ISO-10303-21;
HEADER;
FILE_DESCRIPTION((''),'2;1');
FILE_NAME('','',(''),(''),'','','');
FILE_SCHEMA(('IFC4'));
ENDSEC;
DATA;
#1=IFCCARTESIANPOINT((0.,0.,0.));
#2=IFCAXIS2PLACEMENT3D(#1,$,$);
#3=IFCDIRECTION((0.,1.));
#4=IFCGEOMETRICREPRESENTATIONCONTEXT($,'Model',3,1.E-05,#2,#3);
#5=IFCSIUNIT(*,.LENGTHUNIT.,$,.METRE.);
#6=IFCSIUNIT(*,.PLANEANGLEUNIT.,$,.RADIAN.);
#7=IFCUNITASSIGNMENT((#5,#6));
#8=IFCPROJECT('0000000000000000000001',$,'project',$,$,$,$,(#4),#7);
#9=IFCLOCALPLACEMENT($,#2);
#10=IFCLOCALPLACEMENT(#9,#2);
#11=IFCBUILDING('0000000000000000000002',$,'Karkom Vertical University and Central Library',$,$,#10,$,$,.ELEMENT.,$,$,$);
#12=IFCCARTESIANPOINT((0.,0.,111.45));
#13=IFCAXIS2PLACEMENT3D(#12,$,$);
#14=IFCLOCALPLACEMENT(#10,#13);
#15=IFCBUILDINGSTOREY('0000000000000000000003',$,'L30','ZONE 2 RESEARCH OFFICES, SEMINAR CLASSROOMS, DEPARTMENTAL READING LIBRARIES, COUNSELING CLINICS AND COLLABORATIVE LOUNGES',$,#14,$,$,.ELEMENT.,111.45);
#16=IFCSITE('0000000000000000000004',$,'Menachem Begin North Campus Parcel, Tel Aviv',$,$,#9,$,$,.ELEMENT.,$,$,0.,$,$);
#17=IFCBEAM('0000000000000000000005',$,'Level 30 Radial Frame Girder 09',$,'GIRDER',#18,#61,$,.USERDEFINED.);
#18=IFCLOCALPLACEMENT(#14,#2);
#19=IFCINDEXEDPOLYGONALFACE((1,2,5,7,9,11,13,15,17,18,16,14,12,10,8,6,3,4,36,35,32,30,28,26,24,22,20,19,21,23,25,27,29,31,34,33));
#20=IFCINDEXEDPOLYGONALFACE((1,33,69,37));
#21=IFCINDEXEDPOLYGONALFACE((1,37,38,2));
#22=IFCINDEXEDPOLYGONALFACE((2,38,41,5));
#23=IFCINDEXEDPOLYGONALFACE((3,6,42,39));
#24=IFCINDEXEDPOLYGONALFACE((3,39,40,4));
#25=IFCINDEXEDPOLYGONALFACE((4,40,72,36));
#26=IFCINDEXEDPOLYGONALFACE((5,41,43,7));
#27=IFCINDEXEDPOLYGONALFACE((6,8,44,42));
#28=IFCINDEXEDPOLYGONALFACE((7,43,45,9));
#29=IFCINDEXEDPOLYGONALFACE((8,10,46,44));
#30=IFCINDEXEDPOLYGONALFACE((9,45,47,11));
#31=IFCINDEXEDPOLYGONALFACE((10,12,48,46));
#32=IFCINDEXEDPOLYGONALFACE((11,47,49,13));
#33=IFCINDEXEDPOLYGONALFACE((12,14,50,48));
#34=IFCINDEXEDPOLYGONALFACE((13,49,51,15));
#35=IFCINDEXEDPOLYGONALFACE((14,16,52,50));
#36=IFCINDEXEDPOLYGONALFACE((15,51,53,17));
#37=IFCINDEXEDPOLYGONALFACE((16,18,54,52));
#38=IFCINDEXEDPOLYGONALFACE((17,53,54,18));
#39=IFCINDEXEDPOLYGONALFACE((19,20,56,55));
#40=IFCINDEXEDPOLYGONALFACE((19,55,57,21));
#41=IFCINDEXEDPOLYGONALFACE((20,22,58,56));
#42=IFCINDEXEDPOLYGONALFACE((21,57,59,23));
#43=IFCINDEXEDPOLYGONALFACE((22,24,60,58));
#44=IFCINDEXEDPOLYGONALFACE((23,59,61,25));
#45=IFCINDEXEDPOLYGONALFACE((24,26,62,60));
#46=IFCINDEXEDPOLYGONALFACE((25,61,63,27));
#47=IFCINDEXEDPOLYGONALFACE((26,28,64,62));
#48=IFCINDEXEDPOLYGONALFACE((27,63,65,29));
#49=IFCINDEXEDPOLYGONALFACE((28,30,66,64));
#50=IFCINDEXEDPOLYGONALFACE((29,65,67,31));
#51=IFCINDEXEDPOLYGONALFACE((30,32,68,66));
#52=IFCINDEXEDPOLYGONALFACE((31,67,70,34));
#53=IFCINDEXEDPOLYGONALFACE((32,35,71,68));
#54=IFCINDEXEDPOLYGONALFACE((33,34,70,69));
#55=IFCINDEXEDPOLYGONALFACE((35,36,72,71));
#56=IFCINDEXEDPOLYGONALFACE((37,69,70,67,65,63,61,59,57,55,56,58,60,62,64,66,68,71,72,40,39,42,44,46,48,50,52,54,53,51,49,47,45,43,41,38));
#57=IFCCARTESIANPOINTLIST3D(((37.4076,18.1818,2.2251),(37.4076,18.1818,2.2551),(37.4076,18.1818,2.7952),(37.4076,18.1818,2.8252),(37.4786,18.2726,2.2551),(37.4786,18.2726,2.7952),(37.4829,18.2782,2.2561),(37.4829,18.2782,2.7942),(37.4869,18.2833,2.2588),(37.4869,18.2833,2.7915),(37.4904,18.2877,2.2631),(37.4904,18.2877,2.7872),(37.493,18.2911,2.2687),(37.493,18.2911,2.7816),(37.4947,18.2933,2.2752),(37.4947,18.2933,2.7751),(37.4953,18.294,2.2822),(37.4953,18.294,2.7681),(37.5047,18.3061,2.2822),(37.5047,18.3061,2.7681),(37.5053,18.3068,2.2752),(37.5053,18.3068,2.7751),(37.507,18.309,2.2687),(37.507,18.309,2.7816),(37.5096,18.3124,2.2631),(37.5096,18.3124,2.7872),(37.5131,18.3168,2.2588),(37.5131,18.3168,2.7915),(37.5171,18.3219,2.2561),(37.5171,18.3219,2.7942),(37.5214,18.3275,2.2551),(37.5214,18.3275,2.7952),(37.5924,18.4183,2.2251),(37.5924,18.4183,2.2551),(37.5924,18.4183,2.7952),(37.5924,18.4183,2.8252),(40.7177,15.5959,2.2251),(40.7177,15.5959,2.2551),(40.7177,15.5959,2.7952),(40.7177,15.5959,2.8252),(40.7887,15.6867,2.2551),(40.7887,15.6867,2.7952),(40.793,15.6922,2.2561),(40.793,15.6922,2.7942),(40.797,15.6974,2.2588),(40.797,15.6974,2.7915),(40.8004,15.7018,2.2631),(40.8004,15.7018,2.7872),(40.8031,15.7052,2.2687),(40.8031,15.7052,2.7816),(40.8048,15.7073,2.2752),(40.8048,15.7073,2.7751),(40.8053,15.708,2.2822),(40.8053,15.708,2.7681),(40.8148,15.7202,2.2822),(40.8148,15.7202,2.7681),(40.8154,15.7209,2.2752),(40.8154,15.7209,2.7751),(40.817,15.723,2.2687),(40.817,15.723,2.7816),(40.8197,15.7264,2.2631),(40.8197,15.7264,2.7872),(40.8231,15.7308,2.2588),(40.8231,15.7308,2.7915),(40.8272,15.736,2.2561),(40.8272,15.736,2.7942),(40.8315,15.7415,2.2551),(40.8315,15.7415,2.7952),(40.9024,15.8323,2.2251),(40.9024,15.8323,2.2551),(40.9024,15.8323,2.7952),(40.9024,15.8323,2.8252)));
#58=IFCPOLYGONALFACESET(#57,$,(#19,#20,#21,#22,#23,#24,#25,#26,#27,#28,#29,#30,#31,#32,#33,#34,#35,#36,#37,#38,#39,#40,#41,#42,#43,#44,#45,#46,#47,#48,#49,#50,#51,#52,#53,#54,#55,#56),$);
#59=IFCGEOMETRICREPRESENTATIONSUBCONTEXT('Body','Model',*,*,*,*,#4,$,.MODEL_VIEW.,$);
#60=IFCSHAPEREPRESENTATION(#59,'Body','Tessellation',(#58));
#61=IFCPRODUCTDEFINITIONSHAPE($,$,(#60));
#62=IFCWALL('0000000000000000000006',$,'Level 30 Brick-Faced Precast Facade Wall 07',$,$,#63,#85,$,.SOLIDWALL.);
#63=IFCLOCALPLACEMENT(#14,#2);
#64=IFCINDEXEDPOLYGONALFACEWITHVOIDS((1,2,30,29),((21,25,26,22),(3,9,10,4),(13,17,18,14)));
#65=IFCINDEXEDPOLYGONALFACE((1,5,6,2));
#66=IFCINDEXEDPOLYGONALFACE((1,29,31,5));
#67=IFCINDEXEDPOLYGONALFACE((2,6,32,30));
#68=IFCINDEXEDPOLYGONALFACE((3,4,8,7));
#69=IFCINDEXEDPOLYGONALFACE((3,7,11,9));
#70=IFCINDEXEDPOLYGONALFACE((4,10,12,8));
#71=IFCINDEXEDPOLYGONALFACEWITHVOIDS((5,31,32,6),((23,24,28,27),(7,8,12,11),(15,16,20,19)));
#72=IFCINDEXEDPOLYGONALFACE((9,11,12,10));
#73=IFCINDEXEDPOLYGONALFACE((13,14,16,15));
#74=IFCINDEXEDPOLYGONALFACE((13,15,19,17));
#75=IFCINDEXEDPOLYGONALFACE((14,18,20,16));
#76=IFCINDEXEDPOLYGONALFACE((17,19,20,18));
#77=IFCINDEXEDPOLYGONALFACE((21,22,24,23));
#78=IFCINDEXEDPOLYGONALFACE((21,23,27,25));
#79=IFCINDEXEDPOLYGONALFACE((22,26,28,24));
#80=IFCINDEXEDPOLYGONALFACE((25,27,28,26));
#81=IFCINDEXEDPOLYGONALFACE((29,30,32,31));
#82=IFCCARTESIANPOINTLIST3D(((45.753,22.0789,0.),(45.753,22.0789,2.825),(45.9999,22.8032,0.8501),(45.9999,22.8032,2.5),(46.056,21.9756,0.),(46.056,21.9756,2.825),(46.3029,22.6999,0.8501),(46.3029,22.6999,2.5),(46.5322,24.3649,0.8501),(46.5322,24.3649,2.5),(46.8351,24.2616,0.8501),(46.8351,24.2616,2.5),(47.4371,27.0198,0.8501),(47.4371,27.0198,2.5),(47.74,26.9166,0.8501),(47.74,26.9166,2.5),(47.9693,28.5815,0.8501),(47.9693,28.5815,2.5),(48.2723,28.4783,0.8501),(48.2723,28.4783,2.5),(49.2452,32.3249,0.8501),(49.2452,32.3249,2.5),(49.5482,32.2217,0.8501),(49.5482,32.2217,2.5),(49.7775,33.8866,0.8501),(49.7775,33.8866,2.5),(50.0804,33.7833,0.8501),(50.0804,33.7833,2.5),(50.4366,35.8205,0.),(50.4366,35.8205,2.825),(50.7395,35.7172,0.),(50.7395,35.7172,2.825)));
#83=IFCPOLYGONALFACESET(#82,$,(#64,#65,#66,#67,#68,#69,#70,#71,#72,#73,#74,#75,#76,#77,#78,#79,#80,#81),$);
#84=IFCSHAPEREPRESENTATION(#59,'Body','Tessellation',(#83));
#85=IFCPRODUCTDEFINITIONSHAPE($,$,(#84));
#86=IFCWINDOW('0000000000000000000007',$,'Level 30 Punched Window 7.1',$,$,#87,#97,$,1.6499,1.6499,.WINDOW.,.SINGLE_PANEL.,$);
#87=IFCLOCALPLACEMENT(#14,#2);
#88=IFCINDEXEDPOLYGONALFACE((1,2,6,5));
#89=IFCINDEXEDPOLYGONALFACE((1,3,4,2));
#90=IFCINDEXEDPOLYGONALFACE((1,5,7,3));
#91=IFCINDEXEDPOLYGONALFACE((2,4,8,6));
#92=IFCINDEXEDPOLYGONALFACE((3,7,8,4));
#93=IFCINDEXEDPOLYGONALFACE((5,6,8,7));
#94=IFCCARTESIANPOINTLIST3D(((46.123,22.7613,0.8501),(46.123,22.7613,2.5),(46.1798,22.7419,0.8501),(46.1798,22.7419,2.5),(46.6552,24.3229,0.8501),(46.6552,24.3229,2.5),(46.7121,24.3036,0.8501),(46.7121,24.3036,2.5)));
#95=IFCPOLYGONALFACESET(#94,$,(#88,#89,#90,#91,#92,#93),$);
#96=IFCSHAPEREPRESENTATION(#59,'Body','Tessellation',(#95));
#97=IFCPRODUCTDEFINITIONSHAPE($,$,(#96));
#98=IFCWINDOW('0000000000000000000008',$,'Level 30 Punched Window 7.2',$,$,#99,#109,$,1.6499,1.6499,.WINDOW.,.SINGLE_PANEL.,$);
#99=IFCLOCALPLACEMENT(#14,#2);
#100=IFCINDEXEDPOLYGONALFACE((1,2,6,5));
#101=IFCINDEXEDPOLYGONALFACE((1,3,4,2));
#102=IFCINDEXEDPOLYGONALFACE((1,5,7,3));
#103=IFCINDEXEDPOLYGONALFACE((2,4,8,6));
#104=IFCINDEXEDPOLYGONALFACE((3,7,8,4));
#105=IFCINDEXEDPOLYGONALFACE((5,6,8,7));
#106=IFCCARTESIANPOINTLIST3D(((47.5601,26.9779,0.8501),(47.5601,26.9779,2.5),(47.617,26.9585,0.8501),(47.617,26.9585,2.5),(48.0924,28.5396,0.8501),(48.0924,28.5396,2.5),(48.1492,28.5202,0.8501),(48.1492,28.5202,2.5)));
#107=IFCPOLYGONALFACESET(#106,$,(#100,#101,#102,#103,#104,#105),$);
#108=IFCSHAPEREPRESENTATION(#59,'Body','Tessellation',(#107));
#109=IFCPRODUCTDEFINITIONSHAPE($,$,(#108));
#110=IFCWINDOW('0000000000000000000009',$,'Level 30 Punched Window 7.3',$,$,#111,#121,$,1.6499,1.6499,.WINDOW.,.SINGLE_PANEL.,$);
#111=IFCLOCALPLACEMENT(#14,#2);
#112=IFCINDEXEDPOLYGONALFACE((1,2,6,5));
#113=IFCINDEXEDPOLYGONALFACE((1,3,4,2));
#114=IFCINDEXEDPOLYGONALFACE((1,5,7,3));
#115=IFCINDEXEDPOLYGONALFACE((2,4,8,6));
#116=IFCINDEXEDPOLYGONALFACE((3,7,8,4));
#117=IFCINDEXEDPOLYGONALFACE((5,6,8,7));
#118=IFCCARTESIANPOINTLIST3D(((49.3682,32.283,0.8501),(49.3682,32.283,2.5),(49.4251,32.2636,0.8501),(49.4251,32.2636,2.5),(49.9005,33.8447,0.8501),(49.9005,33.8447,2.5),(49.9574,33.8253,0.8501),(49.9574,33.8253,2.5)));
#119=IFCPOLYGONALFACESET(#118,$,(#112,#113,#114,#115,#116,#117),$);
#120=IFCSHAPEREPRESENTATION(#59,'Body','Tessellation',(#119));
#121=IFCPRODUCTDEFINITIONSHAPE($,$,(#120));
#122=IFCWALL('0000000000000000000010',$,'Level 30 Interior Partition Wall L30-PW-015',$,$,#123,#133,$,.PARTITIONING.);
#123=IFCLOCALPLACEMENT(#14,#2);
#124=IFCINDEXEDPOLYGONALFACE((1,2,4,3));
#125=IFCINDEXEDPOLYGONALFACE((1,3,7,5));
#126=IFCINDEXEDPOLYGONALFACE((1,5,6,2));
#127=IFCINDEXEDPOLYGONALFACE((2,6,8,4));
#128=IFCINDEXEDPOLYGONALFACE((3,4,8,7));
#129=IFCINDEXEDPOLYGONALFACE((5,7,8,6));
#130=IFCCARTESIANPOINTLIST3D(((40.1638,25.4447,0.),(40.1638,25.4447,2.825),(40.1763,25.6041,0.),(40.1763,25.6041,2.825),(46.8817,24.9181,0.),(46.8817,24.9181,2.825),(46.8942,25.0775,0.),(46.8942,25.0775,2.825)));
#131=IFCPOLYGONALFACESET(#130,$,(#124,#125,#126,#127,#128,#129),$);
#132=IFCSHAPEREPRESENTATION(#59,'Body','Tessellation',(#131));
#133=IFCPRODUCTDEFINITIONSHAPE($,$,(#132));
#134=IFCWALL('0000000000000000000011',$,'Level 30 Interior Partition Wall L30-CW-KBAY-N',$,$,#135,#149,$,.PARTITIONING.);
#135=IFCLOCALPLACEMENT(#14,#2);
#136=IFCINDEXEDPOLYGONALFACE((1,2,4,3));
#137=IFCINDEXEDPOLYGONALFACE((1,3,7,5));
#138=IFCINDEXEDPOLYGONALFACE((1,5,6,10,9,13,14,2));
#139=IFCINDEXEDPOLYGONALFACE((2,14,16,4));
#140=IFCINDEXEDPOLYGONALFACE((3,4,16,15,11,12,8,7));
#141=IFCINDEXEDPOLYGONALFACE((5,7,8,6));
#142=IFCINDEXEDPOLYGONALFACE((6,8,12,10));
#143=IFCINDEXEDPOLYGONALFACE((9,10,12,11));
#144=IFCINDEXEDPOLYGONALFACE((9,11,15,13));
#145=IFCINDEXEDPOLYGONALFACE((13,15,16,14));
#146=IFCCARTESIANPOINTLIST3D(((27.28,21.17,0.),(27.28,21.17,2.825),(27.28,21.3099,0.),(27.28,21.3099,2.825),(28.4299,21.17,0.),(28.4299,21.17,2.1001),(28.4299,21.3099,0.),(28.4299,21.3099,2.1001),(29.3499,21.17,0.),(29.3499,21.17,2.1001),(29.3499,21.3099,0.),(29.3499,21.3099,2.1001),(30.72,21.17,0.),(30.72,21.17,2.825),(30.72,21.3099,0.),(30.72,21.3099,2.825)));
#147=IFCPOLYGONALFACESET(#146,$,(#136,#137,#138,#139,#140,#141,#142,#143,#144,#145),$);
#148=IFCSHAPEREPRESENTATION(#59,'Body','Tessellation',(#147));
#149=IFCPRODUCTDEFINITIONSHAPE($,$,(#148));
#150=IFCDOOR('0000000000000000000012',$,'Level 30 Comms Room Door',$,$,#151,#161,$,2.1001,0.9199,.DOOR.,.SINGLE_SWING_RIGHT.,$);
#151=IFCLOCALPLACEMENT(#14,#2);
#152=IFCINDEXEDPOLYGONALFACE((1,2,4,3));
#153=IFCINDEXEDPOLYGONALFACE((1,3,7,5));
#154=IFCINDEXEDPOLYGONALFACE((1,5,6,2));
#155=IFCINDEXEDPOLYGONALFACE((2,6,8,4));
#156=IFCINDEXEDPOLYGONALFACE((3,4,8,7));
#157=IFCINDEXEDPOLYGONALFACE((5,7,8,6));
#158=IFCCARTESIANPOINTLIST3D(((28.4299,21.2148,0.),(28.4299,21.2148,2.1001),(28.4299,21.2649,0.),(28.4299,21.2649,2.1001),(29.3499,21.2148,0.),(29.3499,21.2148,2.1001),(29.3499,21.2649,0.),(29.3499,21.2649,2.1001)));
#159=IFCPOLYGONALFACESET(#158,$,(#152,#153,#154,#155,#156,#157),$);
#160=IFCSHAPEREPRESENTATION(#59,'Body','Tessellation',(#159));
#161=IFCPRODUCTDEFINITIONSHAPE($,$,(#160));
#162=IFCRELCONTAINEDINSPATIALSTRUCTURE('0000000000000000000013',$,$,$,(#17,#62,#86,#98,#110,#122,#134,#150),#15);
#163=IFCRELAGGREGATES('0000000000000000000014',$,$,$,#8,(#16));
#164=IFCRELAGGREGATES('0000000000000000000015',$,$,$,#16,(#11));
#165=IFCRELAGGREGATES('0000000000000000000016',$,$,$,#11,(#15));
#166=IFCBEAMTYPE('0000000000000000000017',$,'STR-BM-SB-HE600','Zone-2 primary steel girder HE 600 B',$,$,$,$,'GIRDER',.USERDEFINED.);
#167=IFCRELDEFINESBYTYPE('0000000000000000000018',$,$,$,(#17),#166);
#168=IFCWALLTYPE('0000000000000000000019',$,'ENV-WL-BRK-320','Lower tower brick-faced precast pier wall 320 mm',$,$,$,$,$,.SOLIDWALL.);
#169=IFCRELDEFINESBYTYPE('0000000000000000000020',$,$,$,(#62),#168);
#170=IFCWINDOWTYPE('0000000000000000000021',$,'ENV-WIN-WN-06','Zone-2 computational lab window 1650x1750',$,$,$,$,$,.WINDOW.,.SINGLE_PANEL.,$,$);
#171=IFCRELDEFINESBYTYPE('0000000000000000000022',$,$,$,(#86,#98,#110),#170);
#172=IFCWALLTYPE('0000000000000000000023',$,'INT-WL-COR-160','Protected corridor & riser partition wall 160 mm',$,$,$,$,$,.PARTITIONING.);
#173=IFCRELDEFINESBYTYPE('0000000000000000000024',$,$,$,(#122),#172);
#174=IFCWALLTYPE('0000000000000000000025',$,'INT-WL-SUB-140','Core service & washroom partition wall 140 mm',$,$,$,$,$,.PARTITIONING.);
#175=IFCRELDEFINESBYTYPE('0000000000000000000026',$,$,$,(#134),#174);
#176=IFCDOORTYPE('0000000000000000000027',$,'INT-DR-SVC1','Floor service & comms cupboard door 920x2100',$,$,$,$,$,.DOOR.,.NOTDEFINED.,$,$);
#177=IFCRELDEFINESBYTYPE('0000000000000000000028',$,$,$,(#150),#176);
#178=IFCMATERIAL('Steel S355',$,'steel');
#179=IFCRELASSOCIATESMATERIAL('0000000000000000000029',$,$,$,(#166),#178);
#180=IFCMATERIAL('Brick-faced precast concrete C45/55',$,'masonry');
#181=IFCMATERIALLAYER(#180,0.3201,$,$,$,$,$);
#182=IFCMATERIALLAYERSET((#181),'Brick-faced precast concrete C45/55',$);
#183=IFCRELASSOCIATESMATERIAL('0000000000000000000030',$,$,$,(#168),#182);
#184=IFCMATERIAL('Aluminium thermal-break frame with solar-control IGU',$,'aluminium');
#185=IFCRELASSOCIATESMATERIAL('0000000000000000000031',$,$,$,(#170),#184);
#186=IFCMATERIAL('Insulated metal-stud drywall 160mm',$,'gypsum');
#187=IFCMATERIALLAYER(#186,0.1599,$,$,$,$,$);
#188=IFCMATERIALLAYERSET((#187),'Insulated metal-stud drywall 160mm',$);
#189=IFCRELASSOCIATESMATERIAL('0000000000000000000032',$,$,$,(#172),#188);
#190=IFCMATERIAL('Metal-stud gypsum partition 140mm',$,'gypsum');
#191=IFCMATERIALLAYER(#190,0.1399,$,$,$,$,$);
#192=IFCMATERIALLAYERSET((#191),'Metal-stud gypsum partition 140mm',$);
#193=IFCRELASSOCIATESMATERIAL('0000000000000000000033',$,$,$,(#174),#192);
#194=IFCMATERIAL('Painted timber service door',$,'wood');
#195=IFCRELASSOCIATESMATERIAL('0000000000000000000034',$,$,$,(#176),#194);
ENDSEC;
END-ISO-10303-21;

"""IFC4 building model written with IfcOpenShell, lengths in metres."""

from ifc_helpers import new_model, si_unit, direction, frame, frame_2d, origin, origin_with_axes, origin_2d, place, context, subcontext, project, spatial, rectangle, i_section, extrude, source, transform, mapped, material, layer, layer_set, material_profile, profile_set, type_object, element, fill, save


model = new_model("IFC4")

# Units and contexts
model_context = context("Model", 3, precision=1e-05, world=origin(), true_north=direction((0.0, 1.0)))
body_context = subcontext(model_context, "Body", "Model", "MODEL_VIEW")
ifc_project = project(units=[si_unit("LENGTHUNIT", "METRE"), si_unit("PLANEANGLEUNIT", "RADIAN")], contexts=[model_context])

# Site, building, storey
site_placement = place(None, origin())
site = spatial("IfcSite", under=ifc_project, at=site_placement, Name="Menachem Begin North Campus Parcel, Tel Aviv", CompositionType="ELEMENT", RefElevation=0.0)
building_placement = place(site_placement, origin())
building = spatial("IfcBuilding", under=site, at=building_placement, Name="Karkom Vertical University and Central Library", CompositionType="ELEMENT")
storey_placement = place(building_placement, frame((0.0, 0.0, 111.45)))
storey = spatial("IfcBuildingStorey", under=building, at=storey_placement, Name="L30", Description="ZONE 2 RESEARCH OFFICES, SEMINAR CLASSROOMS, DEPARTMENTAL READING LIBRARIES, COUNSELING CLINICS AND COLLABORATIVE LOUNGES", CompositionType="ELEMENT", Elevation=111.45)

# Beam
ifc_material_1 = material(Name="Steel S355", Category="steel")
ifc_material_profile_1 = material_profile(ifc_material_1, i_section(OverallWidth=0.3, OverallDepth=0.6001, WebThickness=0.0154, FlangeThickness=0.03, FilletRadius=0.0271, at=origin_2d()), Name="HE 600 B")
ifc_profile_set_1 = profile_set([ifc_material_profile_1], Name="Steel S355")
beam_type_1 = type_object("IfcBeamType", Name="STR-BM-SB-HE600", Description="Zone-2 primary steel girder HE 600 B", ElementType="GIRDER", PredefinedType="USERDEFINED", material=ifc_profile_set_1)
shared_shape_1 = source(origin_with_axes(), body_context, "Body", "SweptSolid", [
    extrude(i_section(OverallWidth=0.3, OverallDepth=0.6001, WebThickness=0.0154, FlangeThickness=0.03, FilletRadius=0.0271, at=origin_2d()), origin(), (0.0, 0.0, 1.0), 4.2004),
])
beam_1_placement = place(storey_placement, frame((37.5, 18.3, 2.5251), z_axis=(0.78803, -0.615637, 0.0), x_axis=(0.615637, 0.78803, 0.0)))
element("IfcBeam", 1, at=beam_1_placement, inside=storey, type_object=beam_type_1, Name="Level 30 Radial Frame Girder 09", ObjectType="GIRDER", PredefinedType="USERDEFINED", context=body_context, shape_type="MappedRepresentation", body=[
    mapped(shared_shape_1, transform((0.0, 0.0, 0.0), scale=1.0)),
])

# Wall, openings, windows
ifc_material_2 = material(Name="Brick-faced precast concrete C45/55", Category="masonry")
ifc_layer_1 = layer(ifc_material_2, 0.3201)
ifc_layer_set_1 = layer_set([ifc_layer_1], Name="Brick-faced precast concrete C45/55")
wall_type_1 = type_object("IfcWallType", Name="ENV-WL-BRK-320", Description="Lower tower brick-faced precast pier wall 320 mm", PredefinedType="SOLIDWALL", material=ifc_layer_set_1)
wall_1_placement = place(storey_placement, frame((45.9045, 22.0273, 0.0), z_axis=(0.0, 0.0, 1.0), x_axis=(0.322608, 0.946533, 0.0)))
wall_1 = element("IfcWall", 2, at=wall_1_placement, inside=storey, type_object=wall_type_1, Name="Level 30 Brick-Faced Precast Facade Wall 07", PredefinedType="SOLIDWALL", context=body_context, shape_type="SweptSolid", body=[
    extrude(rectangle(XDim=14.5178, YDim=0.3201, at=frame_2d((7.2588, 0.0))), origin(), (0.0, 0.0, 1.0), 2.825),
])
opening_1_placement = place(wall_1_placement, frame((0.7651, 0.0, 0.8501)))
opening_1 = element("IfcOpeningElement", 3, at=opening_1_placement, cuts=wall_1, PredefinedType="OPENING", context=body_context, shape_type="SweptSolid", body=[
    extrude(rectangle(XDim=1.6499, YDim=1.6499, at=frame_2d((0.825, 0.825))), frame((0.0, 0.1699, 0.0), z_axis=(0.0, -1.0, 0.0), x_axis=(1.0, 0.0, 0.0)), (0.0, 0.0, 1.0), 0.3401),
])
opening_2_placement = place(wall_1_placement, frame((5.22, 0.0, 0.8501)))
opening_2 = element("IfcOpeningElement", 4, at=opening_2_placement, cuts=wall_1, PredefinedType="OPENING", context=body_context, shape_type="SweptSolid", body=[
    extrude(rectangle(XDim=1.6499, YDim=1.6499, at=frame_2d((0.825, 0.825))), frame((0.0, 0.1699, 0.0), z_axis=(0.0, -1.0, 0.0), x_axis=(1.0, 0.0, 0.0)), (0.0, 0.0, 1.0), 0.3401),
])
opening_3_placement = place(wall_1_placement, frame((10.8247, 0.0, 0.8501)))
opening_3 = element("IfcOpeningElement", 5, at=opening_3_placement, cuts=wall_1, PredefinedType="OPENING", context=body_context, shape_type="SweptSolid", body=[
    extrude(rectangle(XDim=1.6499, YDim=1.6499, at=frame_2d((0.825, 0.825))), frame((0.0, 0.1699, 0.0), z_axis=(0.0, -1.0, 0.0), x_axis=(1.0, 0.0, 0.0)), (0.0, 0.0, 1.0), 0.3401),
])
ifc_material_3 = material(Name="Aluminium thermal-break frame with solar-control IGU", Category="aluminium")
window_type = type_object("IfcWindowType", Name="ENV-WIN-WN-06", Description="Zone-2 computational lab window 1650x1750", PartitioningType="SINGLE_PANEL", PredefinedType="WINDOW", material=ifc_material_3)
shared_shape_2 = source(origin_with_axes(), body_context, "Body", "SweptSolid", [
    extrude(rectangle(XDim=1.6499, YDim=1.6499, at=frame_2d((0.825, 0.825))), frame((0.0, 0.03, 0.0), z_axis=(0.0, -1.0, 0.0), x_axis=(1.0, 0.0, 0.0)), (0.0, 0.0, 1.0), 0.0601),
])
window_1_placement = place(opening_1_placement, origin())
window_1 = element("IfcWindow", 6, at=window_1_placement, inside=storey, type_object=window_type, Name="Level 30 Punched Window 7.1", OverallHeight=1.6499, OverallWidth=1.6499, PartitioningType="SINGLE_PANEL", PredefinedType="WINDOW", context=body_context, shape_type="MappedRepresentation", body=[
    mapped(shared_shape_2, transform((0.0, 0.0, 0.0), scale=1.0)),
])
fill(opening_1, window_1)
window_2_placement = place(opening_2_placement, origin())
window_2 = element("IfcWindow", 7, at=window_2_placement, inside=storey, type_object=window_type, Name="Level 30 Punched Window 7.2", OverallHeight=1.6499, OverallWidth=1.6499, PartitioningType="SINGLE_PANEL", PredefinedType="WINDOW", context=body_context, shape_type="MappedRepresentation", body=[
    mapped(shared_shape_2, transform((0.0, 0.0, 0.0), scale=1.0)),
])
fill(opening_2, window_2)
window_3_placement = place(opening_3_placement, origin())
window_3 = element("IfcWindow", 8, at=window_3_placement, inside=storey, type_object=window_type, Name="Level 30 Punched Window 7.3", OverallHeight=1.6499, OverallWidth=1.6499, PartitioningType="SINGLE_PANEL", PredefinedType="WINDOW", context=body_context, shape_type="MappedRepresentation", body=[
    mapped(shared_shape_2, transform((0.0, 0.0, 0.0), scale=1.0)),
])
fill(opening_3, window_3)

# Wall
ifc_material_4 = material(Name="Insulated metal-stud drywall 160mm", Category="gypsum")
ifc_layer_2 = layer(ifc_material_4, 0.1599)
ifc_layer_set_2 = layer_set([ifc_layer_2], Name="Insulated metal-stud drywall 160mm")
wall_type_2 = type_object("IfcWallType", Name="INT-WL-COR-160", Description="Protected corridor & riser partition wall 160 mm", PredefinedType="PARTITIONING", material=ifc_layer_set_2)
wall_2_placement = place(storey_placement, frame((40.1702, 25.5244, 0.0), z_axis=(0.0, 0.0, 1.0), x_axis=(0.996942, -0.078148, 0.0)))
element("IfcWall", 9, at=wall_2_placement, inside=storey, type_object=wall_type_2, Name="Level 30 Interior Partition Wall L30-PW-015", PredefinedType="PARTITIONING", context=body_context, shape_type="SweptSolid", body=[
    extrude(rectangle(XDim=6.7385, YDim=0.1599, at=frame_2d((3.3691, 0.0))), origin(), (0.0, 0.0, 1.0), 2.825),
])

# Wall, opening, door
ifc_material_5 = material(Name="Metal-stud gypsum partition 140mm", Category="gypsum")
ifc_layer_3 = layer(ifc_material_5, 0.1399)
ifc_layer_set_3 = layer_set([ifc_layer_3], Name="Metal-stud gypsum partition 140mm")
wall_type_3 = type_object("IfcWallType", Name="INT-WL-SUB-140", Description="Core service & washroom partition wall 140 mm", PredefinedType="PARTITIONING", material=ifc_layer_set_3)
wall_3_placement = place(storey_placement, frame((27.28, 21.24, 0.0), z_axis=(0.0, 0.0, 1.0), x_axis=(1.0, 0.0, 0.0)))
wall_3 = element("IfcWall", 10, at=wall_3_placement, inside=storey, type_object=wall_type_3, Name="Level 30 Interior Partition Wall L30-CW-KBAY-N", PredefinedType="PARTITIONING", context=body_context, shape_type="SweptSolid", body=[
    extrude(rectangle(XDim=3.4399, YDim=0.1399, at=frame_2d((1.72, 0.0))), origin(), (0.0, 0.0, 1.0), 2.825),
])
opening_4_placement = place(wall_3_placement, frame((1.1499, 0.0, 0.0)))
opening_4 = element("IfcOpeningElement", 11, at=opening_4_placement, cuts=wall_3, PredefinedType="OPENING", context=body_context, shape_type="SweptSolid", body=[
    extrude(rectangle(XDim=0.9199, YDim=2.1001, at=frame_2d((0.46, 1.05))), frame((0.0, 0.0801, 0.0), z_axis=(0.0, -1.0, 0.0), x_axis=(1.0, 0.0, 0.0)), (0.0, 0.0, 1.0), 0.1599),
])
ifc_material_6 = material(Name="Painted timber service door", Category="wood")
door_type_1 = type_object("IfcDoorType", Name="INT-DR-SVC1", Description="Floor service & comms cupboard door 920x2100", OperationType="NOTDEFINED", PredefinedType="DOOR", material=ifc_material_6)
shared_shape_3 = source(origin_with_axes(), body_context, "Body", "SweptSolid", [
    extrude(rectangle(XDim=0.9199, YDim=2.1001, at=frame_2d((0.46, 1.05))), frame((0.0, 0.0249, 0.0), z_axis=(0.0, -1.0, 0.0), x_axis=(1.0, 0.0, 0.0)), (0.0, 0.0, 1.0), 0.05),
])
door_1_placement = place(opening_4_placement, origin())
door_1 = element("IfcDoor", 12, at=door_1_placement, inside=storey, type_object=door_type_1, Name="Level 30 Comms Room Door", OperationType="SINGLE_SWING_RIGHT", OverallHeight=2.1001, OverallWidth=0.9199, PredefinedType="DOOR", context=body_context, shape_type="MappedRepresentation", body=[
    mapped(shared_shape_3, transform((0.0, 0.0, 0.0), scale=1.0)),
])
fill(opening_4, door_1)

save(model, "model.ifc")
